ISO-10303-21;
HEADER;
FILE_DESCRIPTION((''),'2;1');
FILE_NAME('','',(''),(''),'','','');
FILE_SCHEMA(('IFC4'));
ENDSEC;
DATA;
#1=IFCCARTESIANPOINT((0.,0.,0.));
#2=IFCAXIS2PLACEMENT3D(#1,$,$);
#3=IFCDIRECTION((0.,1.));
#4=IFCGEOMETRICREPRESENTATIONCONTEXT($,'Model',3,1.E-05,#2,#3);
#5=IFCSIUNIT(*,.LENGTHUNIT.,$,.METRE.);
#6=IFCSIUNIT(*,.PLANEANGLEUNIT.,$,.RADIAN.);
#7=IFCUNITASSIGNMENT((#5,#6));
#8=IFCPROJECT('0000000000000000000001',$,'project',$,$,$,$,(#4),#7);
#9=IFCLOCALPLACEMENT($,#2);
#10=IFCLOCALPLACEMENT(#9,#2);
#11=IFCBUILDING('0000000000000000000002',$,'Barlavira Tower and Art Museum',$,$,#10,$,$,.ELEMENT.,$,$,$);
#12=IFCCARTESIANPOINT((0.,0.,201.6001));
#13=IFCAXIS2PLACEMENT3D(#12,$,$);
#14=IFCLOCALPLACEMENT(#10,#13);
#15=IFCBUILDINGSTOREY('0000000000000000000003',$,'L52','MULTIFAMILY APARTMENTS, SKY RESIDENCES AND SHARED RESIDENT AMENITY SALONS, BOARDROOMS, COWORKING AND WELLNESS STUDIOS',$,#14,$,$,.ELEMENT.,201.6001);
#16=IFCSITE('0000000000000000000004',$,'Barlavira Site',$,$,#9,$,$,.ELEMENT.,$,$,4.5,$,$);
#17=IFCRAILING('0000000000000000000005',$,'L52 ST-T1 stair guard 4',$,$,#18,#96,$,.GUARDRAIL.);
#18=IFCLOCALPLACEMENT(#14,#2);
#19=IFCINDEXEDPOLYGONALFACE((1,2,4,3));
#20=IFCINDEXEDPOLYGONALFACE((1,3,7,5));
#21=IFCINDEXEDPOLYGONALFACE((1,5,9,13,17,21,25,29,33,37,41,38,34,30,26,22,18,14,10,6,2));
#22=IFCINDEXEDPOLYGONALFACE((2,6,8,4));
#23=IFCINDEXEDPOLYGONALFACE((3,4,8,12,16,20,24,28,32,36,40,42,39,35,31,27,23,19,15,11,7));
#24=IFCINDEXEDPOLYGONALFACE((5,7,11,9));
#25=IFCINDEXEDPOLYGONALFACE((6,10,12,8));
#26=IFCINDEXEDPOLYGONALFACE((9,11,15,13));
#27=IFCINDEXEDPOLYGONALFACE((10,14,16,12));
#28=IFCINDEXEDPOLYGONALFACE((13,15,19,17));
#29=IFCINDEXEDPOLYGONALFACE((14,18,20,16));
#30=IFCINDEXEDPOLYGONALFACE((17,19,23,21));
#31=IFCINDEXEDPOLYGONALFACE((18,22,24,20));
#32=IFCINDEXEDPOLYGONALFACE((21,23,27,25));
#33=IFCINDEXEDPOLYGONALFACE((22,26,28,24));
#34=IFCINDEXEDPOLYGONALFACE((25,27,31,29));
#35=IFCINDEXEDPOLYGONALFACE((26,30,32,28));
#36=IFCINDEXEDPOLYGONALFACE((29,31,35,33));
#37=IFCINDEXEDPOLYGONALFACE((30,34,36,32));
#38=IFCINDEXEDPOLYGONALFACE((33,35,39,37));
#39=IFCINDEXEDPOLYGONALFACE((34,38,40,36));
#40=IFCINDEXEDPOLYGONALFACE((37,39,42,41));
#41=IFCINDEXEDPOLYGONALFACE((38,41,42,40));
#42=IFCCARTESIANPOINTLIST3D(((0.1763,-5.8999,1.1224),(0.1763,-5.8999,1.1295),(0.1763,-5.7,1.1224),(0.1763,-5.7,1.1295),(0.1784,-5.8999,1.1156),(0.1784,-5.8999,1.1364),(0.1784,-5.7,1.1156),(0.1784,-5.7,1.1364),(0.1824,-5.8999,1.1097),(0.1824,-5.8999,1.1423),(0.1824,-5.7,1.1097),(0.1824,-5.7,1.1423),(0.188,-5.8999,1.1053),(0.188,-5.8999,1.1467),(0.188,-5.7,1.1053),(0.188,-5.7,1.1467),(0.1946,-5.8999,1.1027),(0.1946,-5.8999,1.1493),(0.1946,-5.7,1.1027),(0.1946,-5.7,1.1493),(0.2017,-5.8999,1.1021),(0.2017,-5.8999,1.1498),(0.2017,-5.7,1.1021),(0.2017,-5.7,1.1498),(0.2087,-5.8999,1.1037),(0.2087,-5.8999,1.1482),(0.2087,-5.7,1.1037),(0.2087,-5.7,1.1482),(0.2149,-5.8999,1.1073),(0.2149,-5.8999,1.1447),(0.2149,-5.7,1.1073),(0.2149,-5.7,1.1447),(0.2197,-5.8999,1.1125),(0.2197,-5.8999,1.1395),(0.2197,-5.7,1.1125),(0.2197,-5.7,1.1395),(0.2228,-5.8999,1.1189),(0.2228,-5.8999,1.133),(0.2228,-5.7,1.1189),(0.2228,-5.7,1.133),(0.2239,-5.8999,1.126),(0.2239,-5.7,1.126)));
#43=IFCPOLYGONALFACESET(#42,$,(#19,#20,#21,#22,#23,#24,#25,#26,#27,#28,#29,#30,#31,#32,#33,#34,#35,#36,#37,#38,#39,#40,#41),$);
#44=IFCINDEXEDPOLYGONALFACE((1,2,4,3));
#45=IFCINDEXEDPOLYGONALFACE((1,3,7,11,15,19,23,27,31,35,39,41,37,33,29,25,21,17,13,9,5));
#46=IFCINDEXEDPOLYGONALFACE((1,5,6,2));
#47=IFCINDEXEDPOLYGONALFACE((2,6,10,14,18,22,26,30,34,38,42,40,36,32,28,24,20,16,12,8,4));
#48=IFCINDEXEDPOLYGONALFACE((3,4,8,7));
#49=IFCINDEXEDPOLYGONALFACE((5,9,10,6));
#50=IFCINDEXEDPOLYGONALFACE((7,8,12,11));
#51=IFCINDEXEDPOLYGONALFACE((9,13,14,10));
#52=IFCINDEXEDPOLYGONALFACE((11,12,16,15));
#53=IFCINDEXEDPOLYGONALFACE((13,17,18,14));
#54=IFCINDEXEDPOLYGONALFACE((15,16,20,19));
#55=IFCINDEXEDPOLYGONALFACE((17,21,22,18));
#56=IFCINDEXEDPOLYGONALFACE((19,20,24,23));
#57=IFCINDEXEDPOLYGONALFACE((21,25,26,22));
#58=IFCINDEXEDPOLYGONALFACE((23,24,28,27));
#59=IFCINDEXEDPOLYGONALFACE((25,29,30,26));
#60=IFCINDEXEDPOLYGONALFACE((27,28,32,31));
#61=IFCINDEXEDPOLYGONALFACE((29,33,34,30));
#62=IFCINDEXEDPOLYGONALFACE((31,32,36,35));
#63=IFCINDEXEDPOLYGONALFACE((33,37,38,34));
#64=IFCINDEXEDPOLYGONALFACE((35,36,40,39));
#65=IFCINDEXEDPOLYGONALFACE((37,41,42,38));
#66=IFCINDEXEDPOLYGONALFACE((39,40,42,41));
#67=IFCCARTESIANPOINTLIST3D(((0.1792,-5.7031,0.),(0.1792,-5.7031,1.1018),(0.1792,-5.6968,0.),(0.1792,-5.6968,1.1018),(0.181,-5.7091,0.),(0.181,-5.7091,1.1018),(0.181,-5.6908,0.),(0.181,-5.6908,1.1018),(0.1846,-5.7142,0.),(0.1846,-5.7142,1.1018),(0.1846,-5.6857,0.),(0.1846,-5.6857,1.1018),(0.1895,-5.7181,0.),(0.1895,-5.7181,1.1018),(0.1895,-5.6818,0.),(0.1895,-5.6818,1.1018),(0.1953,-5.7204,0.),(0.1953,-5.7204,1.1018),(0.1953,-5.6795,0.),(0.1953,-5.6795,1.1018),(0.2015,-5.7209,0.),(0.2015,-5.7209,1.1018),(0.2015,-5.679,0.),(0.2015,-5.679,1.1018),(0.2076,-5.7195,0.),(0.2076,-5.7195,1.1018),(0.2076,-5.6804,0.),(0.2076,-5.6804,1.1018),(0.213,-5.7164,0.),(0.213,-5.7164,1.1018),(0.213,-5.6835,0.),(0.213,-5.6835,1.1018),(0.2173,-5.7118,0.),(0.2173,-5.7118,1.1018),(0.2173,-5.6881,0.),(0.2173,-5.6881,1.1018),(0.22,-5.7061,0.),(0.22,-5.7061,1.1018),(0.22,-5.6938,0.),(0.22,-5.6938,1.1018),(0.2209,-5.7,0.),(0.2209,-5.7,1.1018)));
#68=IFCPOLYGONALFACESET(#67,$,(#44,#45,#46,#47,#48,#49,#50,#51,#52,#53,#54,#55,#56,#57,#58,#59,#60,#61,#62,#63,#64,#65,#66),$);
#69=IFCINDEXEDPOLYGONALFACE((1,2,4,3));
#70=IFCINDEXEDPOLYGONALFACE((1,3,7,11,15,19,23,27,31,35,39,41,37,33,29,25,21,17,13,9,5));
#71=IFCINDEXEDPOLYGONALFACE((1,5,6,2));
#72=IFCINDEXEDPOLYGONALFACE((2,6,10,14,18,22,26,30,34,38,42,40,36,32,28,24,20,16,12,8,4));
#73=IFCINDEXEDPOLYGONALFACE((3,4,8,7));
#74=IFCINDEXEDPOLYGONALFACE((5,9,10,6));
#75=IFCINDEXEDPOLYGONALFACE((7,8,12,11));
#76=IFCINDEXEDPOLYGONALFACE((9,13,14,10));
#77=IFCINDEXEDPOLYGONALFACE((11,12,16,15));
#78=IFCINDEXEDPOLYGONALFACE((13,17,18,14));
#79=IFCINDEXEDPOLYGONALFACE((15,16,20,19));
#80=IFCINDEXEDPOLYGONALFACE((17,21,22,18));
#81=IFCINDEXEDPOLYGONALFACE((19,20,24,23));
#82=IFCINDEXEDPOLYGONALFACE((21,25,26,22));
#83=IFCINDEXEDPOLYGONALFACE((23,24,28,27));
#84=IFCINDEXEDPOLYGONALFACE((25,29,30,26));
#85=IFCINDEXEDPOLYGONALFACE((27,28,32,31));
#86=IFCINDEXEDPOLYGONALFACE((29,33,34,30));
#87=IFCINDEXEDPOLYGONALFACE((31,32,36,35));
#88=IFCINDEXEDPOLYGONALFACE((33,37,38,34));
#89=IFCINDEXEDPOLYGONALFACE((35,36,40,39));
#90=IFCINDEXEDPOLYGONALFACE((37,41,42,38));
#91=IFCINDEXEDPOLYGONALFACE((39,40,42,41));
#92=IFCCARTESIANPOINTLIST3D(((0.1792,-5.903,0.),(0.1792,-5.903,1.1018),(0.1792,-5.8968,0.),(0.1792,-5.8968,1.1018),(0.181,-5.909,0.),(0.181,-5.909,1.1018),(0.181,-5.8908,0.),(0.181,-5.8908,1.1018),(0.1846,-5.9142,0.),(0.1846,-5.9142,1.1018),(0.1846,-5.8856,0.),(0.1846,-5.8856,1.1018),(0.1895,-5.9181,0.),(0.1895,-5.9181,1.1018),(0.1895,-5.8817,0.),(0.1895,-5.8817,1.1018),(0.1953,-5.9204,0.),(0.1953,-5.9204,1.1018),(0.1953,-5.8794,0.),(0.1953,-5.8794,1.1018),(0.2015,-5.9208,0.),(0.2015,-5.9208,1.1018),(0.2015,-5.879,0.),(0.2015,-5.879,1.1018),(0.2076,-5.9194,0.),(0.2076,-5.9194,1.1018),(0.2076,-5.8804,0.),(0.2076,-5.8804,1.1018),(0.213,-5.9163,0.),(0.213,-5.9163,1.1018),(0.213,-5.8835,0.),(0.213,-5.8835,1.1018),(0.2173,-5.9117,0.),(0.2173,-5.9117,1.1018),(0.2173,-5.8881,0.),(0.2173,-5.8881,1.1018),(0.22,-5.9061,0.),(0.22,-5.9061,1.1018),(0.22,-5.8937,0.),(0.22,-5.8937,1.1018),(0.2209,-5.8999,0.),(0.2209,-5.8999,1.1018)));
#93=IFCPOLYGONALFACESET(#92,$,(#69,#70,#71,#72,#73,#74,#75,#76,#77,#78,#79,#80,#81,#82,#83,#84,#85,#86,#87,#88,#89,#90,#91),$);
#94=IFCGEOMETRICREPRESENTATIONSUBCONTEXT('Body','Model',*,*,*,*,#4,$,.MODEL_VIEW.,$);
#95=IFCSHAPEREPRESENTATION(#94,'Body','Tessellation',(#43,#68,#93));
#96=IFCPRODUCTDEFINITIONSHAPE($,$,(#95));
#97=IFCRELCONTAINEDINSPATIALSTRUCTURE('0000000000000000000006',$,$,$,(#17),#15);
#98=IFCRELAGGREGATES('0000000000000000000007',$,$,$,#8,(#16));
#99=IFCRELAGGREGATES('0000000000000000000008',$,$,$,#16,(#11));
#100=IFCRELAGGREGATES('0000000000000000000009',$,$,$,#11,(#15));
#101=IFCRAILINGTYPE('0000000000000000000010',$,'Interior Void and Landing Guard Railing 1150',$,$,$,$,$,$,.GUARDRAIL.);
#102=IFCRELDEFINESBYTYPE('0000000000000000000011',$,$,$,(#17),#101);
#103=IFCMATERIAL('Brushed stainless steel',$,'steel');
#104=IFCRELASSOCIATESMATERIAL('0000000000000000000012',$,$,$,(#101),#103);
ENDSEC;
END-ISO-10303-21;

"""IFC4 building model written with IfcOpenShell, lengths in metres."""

from ifc_helpers import new_model, si_unit, direction, frame, origin, origin_2d, place, context, subcontext, project, spatial, circle, extrude, material, type_object, element, save


model = new_model("IFC4")

# Units and contexts
model_context = context("Model", 3, precision=1e-05, world=origin(), true_north=direction((0.0, 1.0)))
body_context = subcontext(model_context, "Body", "Model", "MODEL_VIEW")
ifc_project = project(units=[si_unit("LENGTHUNIT", "METRE"), si_unit("PLANEANGLEUNIT", "RADIAN")], contexts=[model_context])

# Site, building, storey
site_placement = place(None, origin())
site = spatial("IfcSite", under=ifc_project, at=site_placement, Name="Barlavira Site", CompositionType="ELEMENT", RefElevation=4.5)
building_placement = place(site_placement, origin())
building = spatial("IfcBuilding", under=site, at=building_placement, Name="Barlavira Tower and Art Museum", CompositionType="ELEMENT")
storey_placement = place(building_placement, frame((0.0, 0.0, 201.6001)))
storey = spatial("IfcBuildingStorey", under=building, at=storey_placement, Name="L52", Description="MULTIFAMILY APARTMENTS, SKY RESIDENCES AND SHARED RESIDENT AMENITY SALONS, BOARDROOMS, COWORKING AND WELLNESS STUDIOS", CompositionType="ELEMENT", Elevation=201.6001)

# Shared definitions
ifc_material_1 = material(Name="Brushed stainless steel", Category="steel")

# Railing
railing_type_1 = type_object("IfcRailingType", Name="Interior Void and Landing Guard Railing 1150", PredefinedType="GUARDRAIL", material=ifc_material_1)
railing_1_placement = place(storey_placement, frame((0.2, -5.7, 0.0)))
element("IfcRailing", 1, at=railing_1_placement, inside=storey, type_object=railing_type_1, Name="L52 ST-T1 stair guard 4", PredefinedType="GUARDRAIL", context=body_context, shape_type="SweptSolid", body=[
    extrude(circle(Radius=0.0239, at=origin_2d()), frame((0.0, 0.0, 1.126), z_axis=(0.0, -1.0, 0.0), x_axis=(1.0, 0.0, 0.0)), (0.0, 0.0, 1.0), 0.2),
    extrude(circle(Radius=0.021, at=origin_2d()), origin(), (0.0, 0.0, 1.0), 1.1018),
    extrude(circle(Radius=0.021, at=origin_2d()), frame((0.0, -0.2, 0.0)), (0.0, 0.0, 1.0), 1.1018),
])

save(model, "model.ifc")
